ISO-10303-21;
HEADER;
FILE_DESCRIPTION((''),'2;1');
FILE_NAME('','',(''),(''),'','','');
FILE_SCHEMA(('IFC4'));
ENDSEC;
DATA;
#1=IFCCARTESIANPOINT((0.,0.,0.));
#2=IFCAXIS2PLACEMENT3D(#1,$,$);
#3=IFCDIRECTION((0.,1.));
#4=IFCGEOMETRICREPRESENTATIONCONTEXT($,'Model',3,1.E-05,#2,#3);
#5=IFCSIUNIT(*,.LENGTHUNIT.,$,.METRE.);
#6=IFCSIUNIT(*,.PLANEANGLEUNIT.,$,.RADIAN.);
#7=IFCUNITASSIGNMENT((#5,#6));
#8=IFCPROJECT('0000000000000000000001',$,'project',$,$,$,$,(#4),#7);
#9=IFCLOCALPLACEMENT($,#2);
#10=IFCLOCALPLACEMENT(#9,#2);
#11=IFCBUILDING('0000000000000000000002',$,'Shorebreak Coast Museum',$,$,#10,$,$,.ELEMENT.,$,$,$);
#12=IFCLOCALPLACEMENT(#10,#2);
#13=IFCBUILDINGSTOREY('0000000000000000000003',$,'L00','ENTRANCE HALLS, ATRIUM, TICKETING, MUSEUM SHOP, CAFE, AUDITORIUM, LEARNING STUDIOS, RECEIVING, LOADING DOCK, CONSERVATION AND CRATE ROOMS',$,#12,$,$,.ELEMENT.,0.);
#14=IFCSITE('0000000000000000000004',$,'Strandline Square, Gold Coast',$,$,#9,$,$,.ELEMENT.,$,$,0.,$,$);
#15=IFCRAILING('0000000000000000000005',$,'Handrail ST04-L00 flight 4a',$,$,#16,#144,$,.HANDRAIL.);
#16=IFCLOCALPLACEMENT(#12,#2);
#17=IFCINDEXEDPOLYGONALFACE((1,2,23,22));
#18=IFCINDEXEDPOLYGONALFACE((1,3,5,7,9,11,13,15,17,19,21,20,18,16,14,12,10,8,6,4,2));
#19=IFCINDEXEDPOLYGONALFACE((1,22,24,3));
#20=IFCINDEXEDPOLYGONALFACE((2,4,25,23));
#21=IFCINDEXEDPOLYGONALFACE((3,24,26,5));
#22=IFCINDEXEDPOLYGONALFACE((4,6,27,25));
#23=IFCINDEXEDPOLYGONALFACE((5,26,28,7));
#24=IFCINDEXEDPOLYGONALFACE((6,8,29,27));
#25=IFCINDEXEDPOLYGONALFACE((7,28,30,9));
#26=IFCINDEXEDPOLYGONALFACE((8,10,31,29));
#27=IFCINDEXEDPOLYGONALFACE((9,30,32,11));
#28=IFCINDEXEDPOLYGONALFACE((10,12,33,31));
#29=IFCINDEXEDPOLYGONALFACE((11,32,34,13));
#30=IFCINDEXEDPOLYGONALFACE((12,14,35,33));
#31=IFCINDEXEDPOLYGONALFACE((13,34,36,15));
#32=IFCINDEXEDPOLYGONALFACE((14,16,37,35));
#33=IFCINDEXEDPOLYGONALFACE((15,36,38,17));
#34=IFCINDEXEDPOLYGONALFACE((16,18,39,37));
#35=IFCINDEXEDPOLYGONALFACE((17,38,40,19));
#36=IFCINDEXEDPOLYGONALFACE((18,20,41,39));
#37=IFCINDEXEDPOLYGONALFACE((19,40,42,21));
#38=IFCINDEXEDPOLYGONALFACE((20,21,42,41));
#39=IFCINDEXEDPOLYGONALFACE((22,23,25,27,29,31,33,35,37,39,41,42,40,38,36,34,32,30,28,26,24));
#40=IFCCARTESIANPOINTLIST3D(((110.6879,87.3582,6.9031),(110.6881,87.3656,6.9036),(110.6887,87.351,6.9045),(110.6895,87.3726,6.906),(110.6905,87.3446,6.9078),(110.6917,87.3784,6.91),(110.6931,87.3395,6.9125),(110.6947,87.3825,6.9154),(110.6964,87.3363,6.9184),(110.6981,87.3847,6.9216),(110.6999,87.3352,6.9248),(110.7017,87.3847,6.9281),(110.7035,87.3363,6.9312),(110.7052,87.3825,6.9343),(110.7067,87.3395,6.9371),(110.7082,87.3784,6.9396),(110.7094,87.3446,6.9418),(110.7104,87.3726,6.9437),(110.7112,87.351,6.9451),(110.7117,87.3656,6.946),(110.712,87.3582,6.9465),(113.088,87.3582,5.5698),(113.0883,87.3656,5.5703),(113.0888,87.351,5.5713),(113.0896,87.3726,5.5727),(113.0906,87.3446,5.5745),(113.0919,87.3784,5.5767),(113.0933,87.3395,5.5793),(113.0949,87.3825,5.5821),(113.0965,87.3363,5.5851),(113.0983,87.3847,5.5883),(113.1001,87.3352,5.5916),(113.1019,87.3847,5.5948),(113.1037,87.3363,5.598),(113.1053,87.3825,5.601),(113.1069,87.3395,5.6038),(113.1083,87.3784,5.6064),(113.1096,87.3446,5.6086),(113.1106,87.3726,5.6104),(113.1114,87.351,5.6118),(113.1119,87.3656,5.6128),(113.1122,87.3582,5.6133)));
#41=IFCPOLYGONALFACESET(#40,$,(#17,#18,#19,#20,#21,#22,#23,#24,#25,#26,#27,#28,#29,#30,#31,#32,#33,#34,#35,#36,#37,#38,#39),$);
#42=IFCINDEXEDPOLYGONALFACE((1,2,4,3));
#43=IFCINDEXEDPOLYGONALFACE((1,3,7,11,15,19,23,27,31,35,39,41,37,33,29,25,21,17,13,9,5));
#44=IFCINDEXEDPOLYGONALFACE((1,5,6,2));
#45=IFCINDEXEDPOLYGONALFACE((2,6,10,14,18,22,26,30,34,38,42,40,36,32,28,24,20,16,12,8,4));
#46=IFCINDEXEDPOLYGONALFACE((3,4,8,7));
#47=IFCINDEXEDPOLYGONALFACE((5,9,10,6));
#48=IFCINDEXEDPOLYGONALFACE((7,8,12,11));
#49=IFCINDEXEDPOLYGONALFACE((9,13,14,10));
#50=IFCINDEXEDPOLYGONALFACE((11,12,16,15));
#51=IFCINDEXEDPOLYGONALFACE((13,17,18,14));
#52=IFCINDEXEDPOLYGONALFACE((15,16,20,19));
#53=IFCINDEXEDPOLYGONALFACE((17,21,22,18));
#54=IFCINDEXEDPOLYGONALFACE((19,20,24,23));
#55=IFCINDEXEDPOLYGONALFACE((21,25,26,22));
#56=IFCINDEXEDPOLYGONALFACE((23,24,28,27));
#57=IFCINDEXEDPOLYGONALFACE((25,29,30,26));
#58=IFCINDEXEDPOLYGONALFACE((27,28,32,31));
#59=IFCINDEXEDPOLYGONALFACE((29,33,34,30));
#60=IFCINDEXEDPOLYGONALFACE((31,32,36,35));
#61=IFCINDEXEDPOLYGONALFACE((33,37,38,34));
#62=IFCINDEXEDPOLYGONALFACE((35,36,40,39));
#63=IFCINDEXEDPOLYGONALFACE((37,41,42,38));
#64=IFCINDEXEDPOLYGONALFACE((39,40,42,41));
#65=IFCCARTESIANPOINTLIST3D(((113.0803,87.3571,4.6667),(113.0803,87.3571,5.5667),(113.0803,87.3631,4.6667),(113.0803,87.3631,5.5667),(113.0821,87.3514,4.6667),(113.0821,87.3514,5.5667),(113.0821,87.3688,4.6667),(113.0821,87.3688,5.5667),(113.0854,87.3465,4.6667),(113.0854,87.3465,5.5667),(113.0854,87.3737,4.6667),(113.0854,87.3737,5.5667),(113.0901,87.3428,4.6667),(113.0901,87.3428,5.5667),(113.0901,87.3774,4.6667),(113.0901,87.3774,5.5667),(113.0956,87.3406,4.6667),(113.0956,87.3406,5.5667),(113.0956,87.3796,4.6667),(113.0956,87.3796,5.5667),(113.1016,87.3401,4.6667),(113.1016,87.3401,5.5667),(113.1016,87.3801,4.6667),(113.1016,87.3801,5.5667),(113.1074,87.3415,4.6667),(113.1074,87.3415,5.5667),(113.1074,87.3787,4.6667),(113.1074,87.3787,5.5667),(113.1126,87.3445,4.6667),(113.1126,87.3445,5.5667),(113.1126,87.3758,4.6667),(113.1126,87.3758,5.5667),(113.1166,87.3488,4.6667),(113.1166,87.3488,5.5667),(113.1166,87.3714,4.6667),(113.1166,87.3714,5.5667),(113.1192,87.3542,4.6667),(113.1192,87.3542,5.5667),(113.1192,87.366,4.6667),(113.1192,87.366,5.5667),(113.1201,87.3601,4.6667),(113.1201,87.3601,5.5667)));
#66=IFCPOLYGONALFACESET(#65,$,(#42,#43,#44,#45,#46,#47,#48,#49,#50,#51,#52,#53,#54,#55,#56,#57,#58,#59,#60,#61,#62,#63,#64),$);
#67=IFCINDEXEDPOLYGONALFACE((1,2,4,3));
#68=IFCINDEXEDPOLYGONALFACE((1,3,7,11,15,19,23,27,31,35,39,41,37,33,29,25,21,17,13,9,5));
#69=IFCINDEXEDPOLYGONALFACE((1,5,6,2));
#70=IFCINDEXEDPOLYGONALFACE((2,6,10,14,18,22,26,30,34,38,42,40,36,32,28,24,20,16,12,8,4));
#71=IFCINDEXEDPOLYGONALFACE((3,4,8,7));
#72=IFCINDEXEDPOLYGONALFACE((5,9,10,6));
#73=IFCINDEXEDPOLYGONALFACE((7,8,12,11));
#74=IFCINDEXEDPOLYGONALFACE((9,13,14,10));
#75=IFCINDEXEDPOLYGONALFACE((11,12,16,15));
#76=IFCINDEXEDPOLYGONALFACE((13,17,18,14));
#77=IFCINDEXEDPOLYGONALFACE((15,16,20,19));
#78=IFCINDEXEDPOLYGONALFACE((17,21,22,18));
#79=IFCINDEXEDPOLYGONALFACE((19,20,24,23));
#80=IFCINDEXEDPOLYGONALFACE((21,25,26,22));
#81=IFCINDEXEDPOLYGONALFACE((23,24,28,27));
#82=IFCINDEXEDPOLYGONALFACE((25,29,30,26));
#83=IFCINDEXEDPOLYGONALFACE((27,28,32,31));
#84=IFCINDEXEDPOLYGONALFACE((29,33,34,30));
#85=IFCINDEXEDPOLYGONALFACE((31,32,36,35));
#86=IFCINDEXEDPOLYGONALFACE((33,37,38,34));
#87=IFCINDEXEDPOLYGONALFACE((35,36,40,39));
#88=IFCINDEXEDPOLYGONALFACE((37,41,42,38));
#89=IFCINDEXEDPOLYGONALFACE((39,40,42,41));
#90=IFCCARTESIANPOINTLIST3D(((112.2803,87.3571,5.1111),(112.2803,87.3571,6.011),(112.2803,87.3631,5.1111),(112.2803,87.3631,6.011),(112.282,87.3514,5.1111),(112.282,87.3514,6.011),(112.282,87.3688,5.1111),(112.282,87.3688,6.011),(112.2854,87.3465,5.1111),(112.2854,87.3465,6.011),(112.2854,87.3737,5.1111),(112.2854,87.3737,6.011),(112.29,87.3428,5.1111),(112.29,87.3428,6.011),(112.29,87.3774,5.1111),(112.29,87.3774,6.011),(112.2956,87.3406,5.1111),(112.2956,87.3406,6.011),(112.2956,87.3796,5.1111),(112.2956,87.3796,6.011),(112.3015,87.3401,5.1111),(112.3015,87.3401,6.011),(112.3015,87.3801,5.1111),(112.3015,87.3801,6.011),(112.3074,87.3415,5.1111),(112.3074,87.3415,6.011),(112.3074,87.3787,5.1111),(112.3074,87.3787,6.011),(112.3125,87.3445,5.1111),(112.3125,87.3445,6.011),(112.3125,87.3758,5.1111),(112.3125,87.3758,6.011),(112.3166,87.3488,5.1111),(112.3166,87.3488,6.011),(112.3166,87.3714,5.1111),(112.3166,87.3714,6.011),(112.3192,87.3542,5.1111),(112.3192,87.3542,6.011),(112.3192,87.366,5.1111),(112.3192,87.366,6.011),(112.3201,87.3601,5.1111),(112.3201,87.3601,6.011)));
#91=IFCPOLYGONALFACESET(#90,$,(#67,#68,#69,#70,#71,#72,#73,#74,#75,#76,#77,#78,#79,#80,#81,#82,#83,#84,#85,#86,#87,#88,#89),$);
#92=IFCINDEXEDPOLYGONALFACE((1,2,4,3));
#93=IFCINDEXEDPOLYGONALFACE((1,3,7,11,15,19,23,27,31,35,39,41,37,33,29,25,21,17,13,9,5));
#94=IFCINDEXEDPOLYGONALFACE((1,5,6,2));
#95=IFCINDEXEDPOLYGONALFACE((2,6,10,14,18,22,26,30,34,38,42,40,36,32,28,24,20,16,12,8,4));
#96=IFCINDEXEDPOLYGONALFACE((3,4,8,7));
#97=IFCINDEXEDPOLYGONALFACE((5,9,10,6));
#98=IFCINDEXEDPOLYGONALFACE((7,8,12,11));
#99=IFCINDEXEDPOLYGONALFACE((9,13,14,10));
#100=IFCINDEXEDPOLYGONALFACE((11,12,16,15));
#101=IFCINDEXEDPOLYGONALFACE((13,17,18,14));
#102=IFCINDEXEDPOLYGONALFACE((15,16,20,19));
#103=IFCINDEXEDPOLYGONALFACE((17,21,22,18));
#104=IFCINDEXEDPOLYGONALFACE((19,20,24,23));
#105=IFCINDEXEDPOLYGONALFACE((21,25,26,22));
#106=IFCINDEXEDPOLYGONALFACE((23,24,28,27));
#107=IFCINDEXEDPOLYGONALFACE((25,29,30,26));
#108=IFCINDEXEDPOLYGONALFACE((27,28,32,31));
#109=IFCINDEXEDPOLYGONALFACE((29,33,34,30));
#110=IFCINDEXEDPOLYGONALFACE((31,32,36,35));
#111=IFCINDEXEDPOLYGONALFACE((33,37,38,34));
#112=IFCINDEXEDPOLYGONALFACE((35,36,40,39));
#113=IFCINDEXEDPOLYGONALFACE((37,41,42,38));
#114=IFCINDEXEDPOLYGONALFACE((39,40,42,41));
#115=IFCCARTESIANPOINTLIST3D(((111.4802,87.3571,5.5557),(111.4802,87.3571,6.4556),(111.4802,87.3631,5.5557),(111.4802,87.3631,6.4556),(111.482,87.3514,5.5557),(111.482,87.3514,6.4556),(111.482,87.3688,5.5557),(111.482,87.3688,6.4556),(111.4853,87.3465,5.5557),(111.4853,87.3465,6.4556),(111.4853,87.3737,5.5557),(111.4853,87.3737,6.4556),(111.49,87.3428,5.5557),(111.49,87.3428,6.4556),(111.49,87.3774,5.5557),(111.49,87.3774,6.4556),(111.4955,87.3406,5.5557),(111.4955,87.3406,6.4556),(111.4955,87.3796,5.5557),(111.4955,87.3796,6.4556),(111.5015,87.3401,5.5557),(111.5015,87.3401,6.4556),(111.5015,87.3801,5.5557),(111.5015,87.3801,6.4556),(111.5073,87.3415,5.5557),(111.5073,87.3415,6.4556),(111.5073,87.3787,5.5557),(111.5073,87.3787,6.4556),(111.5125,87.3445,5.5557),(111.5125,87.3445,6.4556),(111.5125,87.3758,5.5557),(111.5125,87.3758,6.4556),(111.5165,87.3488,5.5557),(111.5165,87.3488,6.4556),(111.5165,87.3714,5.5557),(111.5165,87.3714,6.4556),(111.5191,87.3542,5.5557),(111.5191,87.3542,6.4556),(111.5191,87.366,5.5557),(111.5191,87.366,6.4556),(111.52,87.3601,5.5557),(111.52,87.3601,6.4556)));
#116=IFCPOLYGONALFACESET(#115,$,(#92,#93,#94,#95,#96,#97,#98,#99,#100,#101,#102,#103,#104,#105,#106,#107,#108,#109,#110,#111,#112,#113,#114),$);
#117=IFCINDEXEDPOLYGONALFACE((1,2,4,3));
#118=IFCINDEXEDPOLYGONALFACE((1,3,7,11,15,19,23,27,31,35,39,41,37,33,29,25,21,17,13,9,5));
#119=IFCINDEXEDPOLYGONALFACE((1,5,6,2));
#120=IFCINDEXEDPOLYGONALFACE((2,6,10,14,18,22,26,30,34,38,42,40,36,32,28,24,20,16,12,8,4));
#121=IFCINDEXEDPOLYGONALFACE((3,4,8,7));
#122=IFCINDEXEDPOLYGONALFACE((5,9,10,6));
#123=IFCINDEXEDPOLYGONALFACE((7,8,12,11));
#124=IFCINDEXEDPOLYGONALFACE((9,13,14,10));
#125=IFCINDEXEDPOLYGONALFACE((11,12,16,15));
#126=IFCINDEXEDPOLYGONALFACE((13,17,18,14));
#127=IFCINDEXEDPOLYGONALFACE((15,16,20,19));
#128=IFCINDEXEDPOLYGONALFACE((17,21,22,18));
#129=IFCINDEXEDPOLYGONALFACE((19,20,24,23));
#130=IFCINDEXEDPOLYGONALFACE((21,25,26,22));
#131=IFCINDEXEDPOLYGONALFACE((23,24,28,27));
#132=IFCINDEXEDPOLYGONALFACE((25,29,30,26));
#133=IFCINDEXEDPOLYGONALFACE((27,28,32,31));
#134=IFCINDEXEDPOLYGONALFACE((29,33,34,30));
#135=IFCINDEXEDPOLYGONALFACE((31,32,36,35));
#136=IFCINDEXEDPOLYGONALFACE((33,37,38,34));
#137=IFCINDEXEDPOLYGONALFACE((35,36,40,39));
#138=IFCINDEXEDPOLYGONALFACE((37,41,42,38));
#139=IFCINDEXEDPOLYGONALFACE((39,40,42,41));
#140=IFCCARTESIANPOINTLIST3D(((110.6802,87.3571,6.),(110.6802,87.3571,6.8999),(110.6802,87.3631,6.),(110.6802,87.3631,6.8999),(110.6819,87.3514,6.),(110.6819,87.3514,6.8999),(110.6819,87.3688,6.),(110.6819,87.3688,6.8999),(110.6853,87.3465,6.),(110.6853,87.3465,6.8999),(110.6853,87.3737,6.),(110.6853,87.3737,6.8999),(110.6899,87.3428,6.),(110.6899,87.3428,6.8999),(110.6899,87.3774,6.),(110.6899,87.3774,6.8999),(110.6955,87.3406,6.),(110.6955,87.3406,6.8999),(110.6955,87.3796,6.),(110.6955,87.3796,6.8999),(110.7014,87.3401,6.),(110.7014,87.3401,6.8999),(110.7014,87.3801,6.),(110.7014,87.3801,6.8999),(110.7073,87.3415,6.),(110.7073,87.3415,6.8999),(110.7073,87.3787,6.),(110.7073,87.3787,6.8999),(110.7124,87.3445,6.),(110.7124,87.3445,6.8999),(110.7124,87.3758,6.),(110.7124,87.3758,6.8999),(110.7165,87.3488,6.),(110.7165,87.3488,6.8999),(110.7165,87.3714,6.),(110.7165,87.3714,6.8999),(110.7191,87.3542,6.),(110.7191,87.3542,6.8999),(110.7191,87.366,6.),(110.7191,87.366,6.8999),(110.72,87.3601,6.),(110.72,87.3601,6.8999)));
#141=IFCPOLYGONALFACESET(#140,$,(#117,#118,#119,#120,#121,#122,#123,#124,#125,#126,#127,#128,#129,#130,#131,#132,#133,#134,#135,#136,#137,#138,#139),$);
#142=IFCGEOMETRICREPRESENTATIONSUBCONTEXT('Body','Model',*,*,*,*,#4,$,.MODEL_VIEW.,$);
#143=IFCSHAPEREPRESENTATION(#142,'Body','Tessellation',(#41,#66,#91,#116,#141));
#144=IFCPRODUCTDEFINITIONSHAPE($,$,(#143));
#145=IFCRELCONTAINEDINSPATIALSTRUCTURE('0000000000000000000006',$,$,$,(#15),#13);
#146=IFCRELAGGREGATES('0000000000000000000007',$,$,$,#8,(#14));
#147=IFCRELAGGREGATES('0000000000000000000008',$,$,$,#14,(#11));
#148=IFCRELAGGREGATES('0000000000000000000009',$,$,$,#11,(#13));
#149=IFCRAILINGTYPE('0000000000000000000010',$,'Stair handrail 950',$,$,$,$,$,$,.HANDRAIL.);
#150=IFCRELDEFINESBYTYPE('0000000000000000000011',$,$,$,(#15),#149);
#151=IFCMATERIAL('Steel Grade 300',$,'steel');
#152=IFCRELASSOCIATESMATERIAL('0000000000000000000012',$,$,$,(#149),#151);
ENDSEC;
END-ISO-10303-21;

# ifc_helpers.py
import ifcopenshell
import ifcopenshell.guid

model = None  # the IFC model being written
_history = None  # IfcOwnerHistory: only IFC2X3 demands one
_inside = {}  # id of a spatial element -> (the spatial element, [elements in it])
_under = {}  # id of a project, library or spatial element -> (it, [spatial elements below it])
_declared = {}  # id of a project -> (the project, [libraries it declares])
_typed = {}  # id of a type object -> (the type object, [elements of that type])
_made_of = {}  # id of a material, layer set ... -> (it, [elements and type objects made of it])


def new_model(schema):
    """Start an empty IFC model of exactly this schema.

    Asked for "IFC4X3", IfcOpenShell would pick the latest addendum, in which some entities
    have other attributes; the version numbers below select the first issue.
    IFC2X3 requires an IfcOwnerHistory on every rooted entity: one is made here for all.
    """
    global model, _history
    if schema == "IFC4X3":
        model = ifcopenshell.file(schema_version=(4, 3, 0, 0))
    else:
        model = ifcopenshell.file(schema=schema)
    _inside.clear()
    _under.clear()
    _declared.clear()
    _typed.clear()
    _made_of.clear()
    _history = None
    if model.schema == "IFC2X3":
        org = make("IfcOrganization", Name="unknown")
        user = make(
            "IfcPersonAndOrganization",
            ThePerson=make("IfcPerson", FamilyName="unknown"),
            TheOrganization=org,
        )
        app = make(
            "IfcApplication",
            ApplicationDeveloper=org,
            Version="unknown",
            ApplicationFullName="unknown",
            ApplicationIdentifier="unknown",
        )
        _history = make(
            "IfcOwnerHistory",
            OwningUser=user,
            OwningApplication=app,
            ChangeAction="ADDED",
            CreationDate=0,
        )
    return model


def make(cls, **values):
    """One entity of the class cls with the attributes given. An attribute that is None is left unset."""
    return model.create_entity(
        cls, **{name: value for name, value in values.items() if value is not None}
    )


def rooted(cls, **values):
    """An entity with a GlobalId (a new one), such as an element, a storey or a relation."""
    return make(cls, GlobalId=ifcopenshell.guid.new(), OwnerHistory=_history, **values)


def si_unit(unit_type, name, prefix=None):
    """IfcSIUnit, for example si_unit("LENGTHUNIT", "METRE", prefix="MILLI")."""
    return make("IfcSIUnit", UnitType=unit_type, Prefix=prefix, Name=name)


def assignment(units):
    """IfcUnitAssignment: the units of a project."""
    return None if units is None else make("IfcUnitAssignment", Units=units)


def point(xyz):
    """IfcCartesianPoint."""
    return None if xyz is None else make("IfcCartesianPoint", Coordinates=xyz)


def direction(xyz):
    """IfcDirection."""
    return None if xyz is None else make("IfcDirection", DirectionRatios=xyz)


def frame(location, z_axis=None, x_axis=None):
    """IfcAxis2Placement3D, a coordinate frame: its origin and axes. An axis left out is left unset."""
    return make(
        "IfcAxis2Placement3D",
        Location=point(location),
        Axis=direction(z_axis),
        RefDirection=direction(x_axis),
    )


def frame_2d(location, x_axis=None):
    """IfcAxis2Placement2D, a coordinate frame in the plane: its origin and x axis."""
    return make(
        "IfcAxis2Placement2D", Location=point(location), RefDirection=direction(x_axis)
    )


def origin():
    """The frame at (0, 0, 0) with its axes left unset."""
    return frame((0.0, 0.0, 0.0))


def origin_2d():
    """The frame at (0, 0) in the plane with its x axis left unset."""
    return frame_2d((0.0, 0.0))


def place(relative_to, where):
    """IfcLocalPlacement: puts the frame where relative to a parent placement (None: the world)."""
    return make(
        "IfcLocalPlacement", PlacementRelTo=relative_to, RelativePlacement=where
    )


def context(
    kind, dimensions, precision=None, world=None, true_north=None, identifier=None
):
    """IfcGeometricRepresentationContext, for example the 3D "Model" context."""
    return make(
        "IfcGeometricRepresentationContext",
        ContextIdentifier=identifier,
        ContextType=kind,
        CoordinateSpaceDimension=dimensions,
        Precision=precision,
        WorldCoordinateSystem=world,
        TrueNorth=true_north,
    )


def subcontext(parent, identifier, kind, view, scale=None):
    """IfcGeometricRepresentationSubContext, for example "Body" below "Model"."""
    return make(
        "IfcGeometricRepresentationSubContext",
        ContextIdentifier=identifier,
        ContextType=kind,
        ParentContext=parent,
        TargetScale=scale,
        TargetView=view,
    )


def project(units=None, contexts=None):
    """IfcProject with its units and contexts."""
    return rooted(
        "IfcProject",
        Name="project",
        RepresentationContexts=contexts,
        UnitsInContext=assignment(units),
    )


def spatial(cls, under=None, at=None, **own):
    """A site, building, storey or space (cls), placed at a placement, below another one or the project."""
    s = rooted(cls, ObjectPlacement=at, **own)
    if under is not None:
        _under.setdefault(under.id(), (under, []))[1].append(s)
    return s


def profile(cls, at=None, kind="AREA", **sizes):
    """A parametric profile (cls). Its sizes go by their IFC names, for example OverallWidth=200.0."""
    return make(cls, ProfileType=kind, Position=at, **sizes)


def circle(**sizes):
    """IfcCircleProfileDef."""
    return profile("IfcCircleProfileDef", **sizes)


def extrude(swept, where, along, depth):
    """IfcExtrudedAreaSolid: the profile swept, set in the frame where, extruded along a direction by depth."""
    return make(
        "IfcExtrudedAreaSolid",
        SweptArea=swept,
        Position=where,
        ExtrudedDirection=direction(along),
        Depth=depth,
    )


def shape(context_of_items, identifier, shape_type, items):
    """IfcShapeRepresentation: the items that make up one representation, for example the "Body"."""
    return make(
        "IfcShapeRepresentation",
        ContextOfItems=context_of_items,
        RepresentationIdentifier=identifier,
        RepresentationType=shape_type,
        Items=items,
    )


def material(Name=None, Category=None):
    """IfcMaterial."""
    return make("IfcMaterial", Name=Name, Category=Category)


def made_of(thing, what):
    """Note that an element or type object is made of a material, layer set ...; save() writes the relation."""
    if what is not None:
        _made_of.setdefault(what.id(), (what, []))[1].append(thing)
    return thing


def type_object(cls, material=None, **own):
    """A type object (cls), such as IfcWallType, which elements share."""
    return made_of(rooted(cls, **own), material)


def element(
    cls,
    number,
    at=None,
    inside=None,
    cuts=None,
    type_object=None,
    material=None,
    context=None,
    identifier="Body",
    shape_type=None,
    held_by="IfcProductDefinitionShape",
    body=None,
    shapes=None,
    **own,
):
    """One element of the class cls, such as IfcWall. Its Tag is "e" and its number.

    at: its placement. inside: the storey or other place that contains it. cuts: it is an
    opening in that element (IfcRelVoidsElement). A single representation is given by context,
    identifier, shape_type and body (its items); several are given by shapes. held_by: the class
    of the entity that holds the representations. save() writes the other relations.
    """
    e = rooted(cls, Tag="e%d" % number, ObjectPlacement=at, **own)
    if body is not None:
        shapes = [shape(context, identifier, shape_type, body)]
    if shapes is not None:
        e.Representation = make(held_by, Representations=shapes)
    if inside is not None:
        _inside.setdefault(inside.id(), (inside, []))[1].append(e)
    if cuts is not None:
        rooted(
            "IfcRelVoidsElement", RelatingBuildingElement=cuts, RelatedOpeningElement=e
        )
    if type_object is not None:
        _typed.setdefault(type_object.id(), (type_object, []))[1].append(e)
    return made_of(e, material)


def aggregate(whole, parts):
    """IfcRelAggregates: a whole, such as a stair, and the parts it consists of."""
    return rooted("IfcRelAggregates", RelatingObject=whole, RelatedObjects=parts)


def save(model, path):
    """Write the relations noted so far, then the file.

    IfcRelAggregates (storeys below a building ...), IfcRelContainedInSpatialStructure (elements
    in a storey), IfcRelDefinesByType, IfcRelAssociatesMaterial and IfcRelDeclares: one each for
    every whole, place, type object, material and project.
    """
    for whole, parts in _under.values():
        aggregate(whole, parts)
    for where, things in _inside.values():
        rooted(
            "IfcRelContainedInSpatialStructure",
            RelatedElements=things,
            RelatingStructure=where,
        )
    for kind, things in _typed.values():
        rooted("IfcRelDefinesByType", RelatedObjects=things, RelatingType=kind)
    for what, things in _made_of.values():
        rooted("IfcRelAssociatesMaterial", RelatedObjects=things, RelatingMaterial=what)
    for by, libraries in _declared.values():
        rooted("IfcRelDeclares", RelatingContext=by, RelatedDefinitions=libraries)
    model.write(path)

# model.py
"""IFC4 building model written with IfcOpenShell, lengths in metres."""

from ifc_helpers import new_model, si_unit, direction, frame, origin, origin_2d, place, context, subcontext, project, spatial, circle, extrude, material, type_object, element, save


model = new_model("IFC4")

# Units and contexts
model_context = context("Model", 3, precision=1e-05, world=origin(), true_north=direction((0.0, 1.0)))
body_context = subcontext(model_context, "Body", "Model", "MODEL_VIEW")
ifc_project = project(units=[si_unit("LENGTHUNIT", "METRE"), si_unit("PLANEANGLEUNIT", "RADIAN")], contexts=[model_context])

# Site, building, storey
site_placement = place(None, origin())
site = spatial("IfcSite", under=ifc_project, at=site_placement, Name="Strandline Square, Gold Coast", CompositionType="ELEMENT", RefElevation=0.0)
building_placement = place(site_placement, origin())
building = spatial("IfcBuilding", under=site, at=building_placement, Name="Shorebreak Coast Museum", CompositionType="ELEMENT")
storey_placement = place(building_placement, origin())
storey = spatial("IfcBuildingStorey", under=building, at=storey_placement, Name="L00", Description="ENTRANCE HALLS, ATRIUM, TICKETING, MUSEUM SHOP, CAFE, AUDITORIUM, LEARNING STUDIOS, RECEIVING, LOADING DOCK, CONSERVATION AND CRATE ROOMS", CompositionType="ELEMENT", Elevation=0.0)

# Railing
ifc_material_1 = material(Name="Steel Grade 300", Category="steel")
railing_type_1 = type_object("IfcRailingType", Name="Stair handrail 950", PredefinedType="HANDRAIL", material=ifc_material_1)
for number, where, name in (
    (1, (113.1001, 87.3601, 4.6667), "Handrail ST04-L00 flight 4a"),
):
    element("IfcRailing", number, at=place(storey_placement, frame(where)), inside=storey, type_object=railing_type_1, Name=name, PredefinedType="HANDRAIL", context=body_context, shape_type="SweptSolid", body=[
        extrude(circle(Radius=0.0249, at=origin_2d()), frame((0.0, 0.0, 0.9248), z_axis=(-0.874182, 0.0, 0.485598), x_axis=(0.0, -1.0, 0.0)), (0.0, 0.0, 1.0), 2.7456),
        extrude(circle(Radius=0.02, at=origin_2d()), origin(), (0.0, 0.0, 1.0), 0.8999),
        extrude(circle(Radius=0.02, at=origin_2d()), frame((-0.8, 0.0, 0.4443)), (0.0, 0.0, 1.0), 0.8999),
        extrude(circle(Radius=0.02, at=origin_2d()), frame((-1.6001, 0.0, 0.8889)), (0.0, 0.0, 1.0), 0.8999),
        extrude(circle(Radius=0.02, at=origin_2d()), frame((-2.4001, 0.0, 1.3333)), (0.0, 0.0, 1.0), 0.8999),
    ])

save(model, "model.ifc")
